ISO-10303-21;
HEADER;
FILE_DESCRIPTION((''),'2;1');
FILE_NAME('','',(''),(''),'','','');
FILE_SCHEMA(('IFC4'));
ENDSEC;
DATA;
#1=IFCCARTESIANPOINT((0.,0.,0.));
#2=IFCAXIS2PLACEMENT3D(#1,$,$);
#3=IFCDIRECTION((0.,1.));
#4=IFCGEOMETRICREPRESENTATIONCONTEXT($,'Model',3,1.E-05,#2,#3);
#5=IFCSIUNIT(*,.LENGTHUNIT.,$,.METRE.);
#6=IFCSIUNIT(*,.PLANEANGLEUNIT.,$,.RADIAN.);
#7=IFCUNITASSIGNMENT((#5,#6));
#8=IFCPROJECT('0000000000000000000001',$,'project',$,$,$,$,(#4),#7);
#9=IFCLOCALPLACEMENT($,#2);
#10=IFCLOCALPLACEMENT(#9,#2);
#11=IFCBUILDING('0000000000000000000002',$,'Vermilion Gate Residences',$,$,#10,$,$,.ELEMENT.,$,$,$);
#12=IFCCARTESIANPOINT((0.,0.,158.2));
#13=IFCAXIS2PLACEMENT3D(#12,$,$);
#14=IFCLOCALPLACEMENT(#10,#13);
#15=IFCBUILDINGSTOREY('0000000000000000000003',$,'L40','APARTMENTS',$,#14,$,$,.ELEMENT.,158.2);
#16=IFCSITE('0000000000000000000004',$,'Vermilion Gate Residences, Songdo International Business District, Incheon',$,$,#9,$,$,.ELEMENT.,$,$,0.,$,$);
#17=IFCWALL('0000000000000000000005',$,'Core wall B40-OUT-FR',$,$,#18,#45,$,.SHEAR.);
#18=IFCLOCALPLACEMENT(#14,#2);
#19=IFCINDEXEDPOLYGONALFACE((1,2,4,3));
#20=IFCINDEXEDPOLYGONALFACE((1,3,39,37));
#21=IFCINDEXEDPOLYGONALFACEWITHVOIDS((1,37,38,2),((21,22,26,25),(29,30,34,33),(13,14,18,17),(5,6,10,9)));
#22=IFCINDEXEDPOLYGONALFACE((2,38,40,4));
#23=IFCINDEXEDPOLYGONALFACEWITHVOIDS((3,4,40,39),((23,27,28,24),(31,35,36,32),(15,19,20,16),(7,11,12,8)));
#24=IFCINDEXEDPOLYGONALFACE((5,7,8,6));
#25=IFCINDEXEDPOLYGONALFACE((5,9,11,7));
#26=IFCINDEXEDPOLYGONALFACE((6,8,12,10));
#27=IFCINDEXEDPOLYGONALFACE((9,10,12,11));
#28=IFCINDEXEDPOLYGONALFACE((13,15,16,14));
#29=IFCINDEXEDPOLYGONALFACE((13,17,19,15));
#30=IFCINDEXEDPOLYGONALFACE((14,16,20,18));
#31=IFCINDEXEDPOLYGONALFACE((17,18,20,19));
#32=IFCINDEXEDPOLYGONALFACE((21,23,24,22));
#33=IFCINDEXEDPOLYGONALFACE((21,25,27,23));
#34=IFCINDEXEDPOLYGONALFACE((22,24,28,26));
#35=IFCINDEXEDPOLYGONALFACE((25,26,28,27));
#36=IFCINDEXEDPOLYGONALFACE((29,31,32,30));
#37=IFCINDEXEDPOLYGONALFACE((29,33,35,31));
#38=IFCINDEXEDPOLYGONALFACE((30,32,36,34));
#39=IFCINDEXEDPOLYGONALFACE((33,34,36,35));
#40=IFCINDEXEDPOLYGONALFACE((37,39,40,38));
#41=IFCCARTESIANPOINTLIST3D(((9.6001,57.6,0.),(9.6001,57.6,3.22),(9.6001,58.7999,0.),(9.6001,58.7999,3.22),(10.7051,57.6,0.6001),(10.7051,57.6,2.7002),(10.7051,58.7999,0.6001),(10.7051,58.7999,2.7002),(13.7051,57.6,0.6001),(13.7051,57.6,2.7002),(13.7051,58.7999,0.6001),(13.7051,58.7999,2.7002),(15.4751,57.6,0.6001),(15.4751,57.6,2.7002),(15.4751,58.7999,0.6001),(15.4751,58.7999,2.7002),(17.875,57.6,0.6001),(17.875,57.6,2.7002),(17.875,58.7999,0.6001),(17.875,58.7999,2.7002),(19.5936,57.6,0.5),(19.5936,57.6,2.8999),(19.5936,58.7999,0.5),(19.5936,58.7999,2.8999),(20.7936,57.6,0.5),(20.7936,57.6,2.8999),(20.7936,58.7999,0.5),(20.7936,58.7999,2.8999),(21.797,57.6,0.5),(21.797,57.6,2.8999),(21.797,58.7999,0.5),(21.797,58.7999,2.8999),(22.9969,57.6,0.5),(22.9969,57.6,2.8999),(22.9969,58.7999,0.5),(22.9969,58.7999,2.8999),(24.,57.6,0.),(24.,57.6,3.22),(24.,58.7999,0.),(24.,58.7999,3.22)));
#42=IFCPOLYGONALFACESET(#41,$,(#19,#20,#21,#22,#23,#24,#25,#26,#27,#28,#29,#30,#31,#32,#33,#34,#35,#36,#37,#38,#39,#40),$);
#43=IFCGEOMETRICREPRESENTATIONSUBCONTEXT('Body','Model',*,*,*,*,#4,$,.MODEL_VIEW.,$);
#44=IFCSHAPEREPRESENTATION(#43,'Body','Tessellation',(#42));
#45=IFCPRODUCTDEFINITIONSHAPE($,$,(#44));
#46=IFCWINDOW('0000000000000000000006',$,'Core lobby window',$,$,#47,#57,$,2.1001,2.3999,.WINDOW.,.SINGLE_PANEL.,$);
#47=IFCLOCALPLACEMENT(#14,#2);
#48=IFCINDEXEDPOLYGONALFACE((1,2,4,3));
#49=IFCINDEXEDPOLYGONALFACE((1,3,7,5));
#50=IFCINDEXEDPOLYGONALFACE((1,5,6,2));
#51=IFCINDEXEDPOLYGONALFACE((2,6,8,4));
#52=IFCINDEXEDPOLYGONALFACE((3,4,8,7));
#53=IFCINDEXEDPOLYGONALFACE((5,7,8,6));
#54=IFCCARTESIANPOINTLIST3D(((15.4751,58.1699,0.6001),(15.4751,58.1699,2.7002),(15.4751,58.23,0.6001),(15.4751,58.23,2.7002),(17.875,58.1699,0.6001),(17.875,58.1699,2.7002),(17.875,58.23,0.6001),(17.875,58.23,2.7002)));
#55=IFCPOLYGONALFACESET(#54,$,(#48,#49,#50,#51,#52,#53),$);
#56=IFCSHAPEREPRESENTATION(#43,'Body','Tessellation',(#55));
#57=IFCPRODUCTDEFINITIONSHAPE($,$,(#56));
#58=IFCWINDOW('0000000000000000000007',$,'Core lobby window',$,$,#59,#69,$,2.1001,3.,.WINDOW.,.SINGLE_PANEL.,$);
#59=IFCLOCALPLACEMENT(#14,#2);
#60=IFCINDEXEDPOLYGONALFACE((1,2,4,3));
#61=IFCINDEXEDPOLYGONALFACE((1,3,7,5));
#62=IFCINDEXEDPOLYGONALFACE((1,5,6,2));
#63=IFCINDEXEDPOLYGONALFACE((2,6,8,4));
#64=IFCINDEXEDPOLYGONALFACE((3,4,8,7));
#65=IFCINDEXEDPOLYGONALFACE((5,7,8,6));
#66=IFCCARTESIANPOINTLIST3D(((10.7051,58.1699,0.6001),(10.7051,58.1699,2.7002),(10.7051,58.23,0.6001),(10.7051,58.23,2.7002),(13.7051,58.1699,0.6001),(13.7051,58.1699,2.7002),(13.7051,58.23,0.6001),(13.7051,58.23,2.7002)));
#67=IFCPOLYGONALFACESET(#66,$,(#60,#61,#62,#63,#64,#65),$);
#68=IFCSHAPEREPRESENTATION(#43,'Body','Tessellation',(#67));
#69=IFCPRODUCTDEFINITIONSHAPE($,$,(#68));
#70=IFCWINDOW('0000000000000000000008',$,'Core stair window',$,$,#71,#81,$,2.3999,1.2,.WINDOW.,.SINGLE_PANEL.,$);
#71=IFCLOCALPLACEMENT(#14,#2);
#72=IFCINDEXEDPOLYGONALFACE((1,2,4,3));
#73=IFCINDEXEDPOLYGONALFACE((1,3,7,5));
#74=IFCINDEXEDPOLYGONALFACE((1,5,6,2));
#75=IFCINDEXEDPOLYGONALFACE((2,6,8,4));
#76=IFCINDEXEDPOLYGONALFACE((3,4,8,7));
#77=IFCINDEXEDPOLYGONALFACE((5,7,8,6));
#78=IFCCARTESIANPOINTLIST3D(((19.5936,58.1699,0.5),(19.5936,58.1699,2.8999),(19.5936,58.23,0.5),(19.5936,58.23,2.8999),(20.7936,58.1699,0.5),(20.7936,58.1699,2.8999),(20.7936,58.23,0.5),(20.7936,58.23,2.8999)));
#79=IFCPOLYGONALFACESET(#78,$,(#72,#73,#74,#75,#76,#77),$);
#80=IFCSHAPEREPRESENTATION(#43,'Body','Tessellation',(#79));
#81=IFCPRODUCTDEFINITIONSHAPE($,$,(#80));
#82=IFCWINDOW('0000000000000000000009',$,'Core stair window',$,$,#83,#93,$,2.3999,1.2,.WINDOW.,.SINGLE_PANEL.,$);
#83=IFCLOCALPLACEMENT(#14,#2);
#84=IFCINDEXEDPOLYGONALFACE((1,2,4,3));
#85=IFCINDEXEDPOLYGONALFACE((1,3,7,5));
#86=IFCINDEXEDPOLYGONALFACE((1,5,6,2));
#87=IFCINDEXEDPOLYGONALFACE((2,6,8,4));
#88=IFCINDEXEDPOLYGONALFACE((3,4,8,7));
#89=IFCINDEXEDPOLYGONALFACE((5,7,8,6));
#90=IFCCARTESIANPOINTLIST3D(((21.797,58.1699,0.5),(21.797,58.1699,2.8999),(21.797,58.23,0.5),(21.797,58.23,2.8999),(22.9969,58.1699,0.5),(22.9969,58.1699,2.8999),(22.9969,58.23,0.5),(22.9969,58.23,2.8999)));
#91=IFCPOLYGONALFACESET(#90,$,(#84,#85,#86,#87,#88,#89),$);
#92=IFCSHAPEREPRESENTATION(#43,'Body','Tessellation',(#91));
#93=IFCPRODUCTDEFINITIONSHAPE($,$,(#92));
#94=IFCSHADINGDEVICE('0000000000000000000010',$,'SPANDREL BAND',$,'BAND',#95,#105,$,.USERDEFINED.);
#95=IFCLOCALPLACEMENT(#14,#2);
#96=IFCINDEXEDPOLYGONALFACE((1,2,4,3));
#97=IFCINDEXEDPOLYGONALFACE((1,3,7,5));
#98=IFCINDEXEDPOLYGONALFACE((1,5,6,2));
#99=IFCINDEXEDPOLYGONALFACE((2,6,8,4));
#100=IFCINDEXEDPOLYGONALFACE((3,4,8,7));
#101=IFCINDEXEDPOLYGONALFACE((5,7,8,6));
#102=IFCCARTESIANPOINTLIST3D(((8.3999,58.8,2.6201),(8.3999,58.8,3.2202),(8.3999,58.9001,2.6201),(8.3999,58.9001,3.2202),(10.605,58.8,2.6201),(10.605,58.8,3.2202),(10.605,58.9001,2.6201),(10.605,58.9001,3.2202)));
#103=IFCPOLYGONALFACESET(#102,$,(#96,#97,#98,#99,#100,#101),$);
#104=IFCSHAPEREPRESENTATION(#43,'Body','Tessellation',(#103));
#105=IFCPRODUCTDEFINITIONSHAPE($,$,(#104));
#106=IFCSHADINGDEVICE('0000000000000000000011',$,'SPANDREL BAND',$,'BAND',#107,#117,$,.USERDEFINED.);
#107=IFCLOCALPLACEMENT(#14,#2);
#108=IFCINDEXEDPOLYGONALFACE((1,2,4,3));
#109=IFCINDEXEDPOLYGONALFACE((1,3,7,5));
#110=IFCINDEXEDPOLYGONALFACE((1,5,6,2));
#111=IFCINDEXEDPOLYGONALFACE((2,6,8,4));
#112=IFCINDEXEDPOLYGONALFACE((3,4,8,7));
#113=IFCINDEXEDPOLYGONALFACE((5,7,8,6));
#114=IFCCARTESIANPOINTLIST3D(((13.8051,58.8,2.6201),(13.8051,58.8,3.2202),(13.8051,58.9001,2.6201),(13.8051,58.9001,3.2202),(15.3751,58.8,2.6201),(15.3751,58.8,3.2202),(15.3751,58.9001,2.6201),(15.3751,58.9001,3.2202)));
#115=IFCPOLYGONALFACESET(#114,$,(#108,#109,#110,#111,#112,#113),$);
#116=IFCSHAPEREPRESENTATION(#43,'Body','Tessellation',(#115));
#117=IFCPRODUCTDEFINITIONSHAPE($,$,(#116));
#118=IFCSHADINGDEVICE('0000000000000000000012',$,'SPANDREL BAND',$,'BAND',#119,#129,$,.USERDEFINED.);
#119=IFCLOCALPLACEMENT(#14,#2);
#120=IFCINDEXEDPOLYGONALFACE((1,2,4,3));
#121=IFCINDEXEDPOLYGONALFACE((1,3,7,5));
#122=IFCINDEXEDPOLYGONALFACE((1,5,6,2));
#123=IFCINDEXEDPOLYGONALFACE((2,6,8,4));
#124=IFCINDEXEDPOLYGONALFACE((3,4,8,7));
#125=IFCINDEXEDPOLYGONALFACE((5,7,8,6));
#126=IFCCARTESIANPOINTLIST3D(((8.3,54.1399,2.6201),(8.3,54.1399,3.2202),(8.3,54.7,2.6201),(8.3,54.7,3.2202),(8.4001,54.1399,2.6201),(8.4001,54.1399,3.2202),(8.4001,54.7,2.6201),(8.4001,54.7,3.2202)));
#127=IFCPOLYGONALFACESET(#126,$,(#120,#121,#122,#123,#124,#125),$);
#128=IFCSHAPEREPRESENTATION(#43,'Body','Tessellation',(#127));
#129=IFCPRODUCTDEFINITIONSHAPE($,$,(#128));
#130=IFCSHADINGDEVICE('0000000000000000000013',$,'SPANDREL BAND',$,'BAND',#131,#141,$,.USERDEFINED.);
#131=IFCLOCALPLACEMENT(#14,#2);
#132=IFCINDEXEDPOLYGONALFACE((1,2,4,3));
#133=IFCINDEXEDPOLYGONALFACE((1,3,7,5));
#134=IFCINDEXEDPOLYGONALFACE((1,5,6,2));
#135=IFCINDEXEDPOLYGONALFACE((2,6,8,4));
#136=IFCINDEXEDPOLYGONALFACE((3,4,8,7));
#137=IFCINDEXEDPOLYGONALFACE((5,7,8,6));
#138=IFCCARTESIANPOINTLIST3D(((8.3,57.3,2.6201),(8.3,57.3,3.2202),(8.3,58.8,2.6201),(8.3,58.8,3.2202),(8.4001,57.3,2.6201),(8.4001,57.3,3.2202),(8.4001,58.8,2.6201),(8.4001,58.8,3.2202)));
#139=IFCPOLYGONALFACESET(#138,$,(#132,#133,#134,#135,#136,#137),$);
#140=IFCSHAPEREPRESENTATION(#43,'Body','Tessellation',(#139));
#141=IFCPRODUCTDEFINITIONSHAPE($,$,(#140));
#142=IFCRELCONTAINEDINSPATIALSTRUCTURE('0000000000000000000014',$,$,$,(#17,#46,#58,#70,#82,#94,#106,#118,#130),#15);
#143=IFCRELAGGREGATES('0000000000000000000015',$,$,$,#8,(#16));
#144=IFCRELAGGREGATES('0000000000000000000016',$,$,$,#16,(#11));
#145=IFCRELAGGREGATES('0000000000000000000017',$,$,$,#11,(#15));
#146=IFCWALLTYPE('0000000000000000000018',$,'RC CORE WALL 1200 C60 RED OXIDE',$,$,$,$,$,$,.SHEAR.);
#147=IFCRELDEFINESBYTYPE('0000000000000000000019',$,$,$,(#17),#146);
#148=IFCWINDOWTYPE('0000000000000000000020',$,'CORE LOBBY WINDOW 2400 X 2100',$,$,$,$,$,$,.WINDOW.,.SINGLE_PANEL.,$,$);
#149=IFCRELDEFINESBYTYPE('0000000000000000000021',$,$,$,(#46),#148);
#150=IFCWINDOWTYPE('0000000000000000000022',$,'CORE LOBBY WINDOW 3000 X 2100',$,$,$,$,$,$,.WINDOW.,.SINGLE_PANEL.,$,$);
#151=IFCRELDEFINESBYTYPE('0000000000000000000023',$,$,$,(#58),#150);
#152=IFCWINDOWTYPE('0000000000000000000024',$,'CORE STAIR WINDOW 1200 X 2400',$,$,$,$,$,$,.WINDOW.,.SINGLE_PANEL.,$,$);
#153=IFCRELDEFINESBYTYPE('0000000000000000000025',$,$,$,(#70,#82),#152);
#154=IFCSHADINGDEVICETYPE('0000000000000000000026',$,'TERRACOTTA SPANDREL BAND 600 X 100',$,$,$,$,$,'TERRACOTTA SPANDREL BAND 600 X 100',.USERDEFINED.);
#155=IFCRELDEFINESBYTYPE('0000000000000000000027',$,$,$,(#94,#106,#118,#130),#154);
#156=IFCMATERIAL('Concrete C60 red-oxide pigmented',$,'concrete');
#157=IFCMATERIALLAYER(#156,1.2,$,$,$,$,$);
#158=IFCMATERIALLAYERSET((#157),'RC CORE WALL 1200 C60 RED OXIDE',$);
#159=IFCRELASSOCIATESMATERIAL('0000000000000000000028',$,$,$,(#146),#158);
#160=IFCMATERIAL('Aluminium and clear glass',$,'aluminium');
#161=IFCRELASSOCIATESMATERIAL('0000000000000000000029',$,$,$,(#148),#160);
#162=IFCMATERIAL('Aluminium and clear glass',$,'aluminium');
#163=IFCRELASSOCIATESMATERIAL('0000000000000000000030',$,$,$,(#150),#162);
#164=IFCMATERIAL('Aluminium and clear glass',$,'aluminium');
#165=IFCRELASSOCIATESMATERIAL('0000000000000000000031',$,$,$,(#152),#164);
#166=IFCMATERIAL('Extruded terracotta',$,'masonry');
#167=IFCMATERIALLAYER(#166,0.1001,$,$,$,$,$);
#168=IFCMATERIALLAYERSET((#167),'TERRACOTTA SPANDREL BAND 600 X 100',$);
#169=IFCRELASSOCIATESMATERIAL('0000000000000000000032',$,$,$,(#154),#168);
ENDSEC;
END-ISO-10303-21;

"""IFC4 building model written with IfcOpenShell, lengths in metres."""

from ifc_helpers import new_model, si_unit, direction, frame, frame_2d, origin, origin_2d, place, context, subcontext, project, spatial, rectangle, extrude, material, layer, layer_set, type_object, element, fill, save


model = new_model("IFC4")

# Units and contexts
model_context = context("Model", 3, precision=1e-05, world=origin(), true_north=direction((0.0, 1.0)))
body_context = subcontext(model_context, "Body", "Model", "MODEL_VIEW")
ifc_project = project(units=[si_unit("LENGTHUNIT", "METRE"), si_unit("PLANEANGLEUNIT", "RADIAN")], contexts=[model_context])

# Site, building, storey
site_placement = place(None, origin())
site = spatial("IfcSite", under=ifc_project, at=site_placement, Name="Vermilion Gate Residences, Songdo International Business District, Incheon", CompositionType="ELEMENT", RefElevation=0.0)
building_placement = place(site_placement, origin())
building = spatial("IfcBuilding", under=site, at=building_placement, Name="Vermilion Gate Residences", CompositionType="ELEMENT")
storey_placement = place(building_placement, frame((0.0, 0.0, 158.2)))
storey = spatial("IfcBuildingStorey", under=building, at=storey_placement, Name="L40", Description="APARTMENTS", CompositionType="ELEMENT", Elevation=158.2)

# Wall, openings, windows
ifc_material_1 = material(Name="Concrete C60 red-oxide pigmented", Category="concrete")
ifc_layer_1 = layer(ifc_material_1, 1.2)
ifc_layer_set_1 = layer_set([ifc_layer_1], Name="RC CORE WALL 1200 C60 RED OXIDE")
wall_type_1 = type_object("IfcWallType", Name="RC CORE WALL 1200 C60 RED OXIDE", PredefinedType="SHEAR", material=ifc_layer_set_1)
ifc_material_2 = material(Name="Aluminium and clear glass", Category="aluminium")
window_type_1 = type_object("IfcWindowType", Name="CORE LOBBY WINDOW 2400 X 2100", PartitioningType="SINGLE_PANEL", PredefinedType="WINDOW", material=ifc_material_2)
wall_1_placement = place(storey_placement, frame((9.6001, 58.2, 0.0), z_axis=(0.0, 0.0, 1.0), x_axis=(1.0, 0.0, 0.0)))
wall_1 = element("IfcWall", 1, at=wall_1_placement, inside=storey, type_object=wall_type_1, Name="Core wall B40-OUT-FR", PredefinedType="SHEAR", context=body_context, shape_type="SweptSolid", body=[
    extrude(rectangle(XDim=14.3999, YDim=1.2, at=frame_2d((7.2, 0.0))), origin(), (0.0, 0.0, 1.0), 3.22),
])
opening_1_placement = place(wall_1_placement, frame((1.105, 0.0, 0.6001)))
opening_1 = element("IfcOpeningElement", 2, at=opening_1_placement, cuts=wall_1, PredefinedType="OPENING", context=body_context, shape_type="SweptSolid", body=[
    extrude(rectangle(XDim=3.0, YDim=2.1001, at=frame_2d((1.5, 1.05))), frame((0.0, 0.6099, 0.0), z_axis=(0.0, -1.0, 0.0), x_axis=(1.0, 0.0, 0.0)), (0.0, 0.0, 1.0), 1.22),
])
opening_2_placement = place(wall_1_placement, frame((5.875, 0.0, 0.6001)))
opening_2 = element("IfcOpeningElement", 3, at=opening_2_placement, cuts=wall_1, PredefinedType="OPENING", context=body_context, shape_type="SweptSolid", body=[
    extrude(rectangle(XDim=2.3999, YDim=2.1001, at=frame_2d((1.2, 1.05))), frame((0.0, 0.6099, 0.0), z_axis=(0.0, -1.0, 0.0), x_axis=(1.0, 0.0, 0.0)), (0.0, 0.0, 1.0), 1.22),
])
opening_3_placement = place(wall_1_placement, frame((9.9934, 0.0, 0.5)))
opening_3 = element("IfcOpeningElement", 4, at=opening_3_placement, cuts=wall_1, PredefinedType="OPENING", context=body_context, shape_type="SweptSolid", body=[
    extrude(rectangle(XDim=1.2, YDim=2.3999, at=frame_2d((0.6001, 1.2))), frame((0.0, 0.6099, 0.0), z_axis=(0.0, -1.0, 0.0), x_axis=(1.0, 0.0, 0.0)), (0.0, 0.0, 1.0), 1.22),
])
opening_4_placement = place(wall_1_placement, frame((12.1968, 0.0, 0.5)))
opening_4 = element("IfcOpeningElement", 5, at=opening_4_placement, cuts=wall_1, PredefinedType="OPENING", context=body_context, shape_type="SweptSolid", body=[
    extrude(rectangle(XDim=1.2, YDim=2.3999, at=frame_2d((0.6001, 1.2))), frame((0.0, 0.6099, 0.0), z_axis=(0.0, -1.0, 0.0), x_axis=(1.0, 0.0, 0.0)), (0.0, 0.0, 1.0), 1.22),
])
window_1_placement = place(opening_2_placement, origin())
window_1 = element("IfcWindow", 6, at=window_1_placement, inside=storey, type_object=window_type_1, Name="Core lobby window", OverallHeight=2.1001, OverallWidth=2.3999, PartitioningType="SINGLE_PANEL", PredefinedType="WINDOW", context=body_context, shape_type="SweptSolid", body=[
    extrude(rectangle(XDim=2.3999, YDim=2.1001, at=frame_2d((1.2, 1.05))), frame((0.0, 0.03, 0.0), z_axis=(0.0, -1.0, 0.0), x_axis=(1.0, 0.0, 0.0)), (0.0, 0.0, 1.0), 0.0601),
])
fill(opening_2, window_1)
ifc_material_3 = material(Name="Aluminium and clear glass", Category="aluminium")
window_type_2 = type_object("IfcWindowType", Name="CORE LOBBY WINDOW 3000 X 2100", PartitioningType="SINGLE_PANEL", PredefinedType="WINDOW", material=ifc_material_3)
window_2_placement = place(opening_1_placement, origin())
window_2 = element("IfcWindow", 7, at=window_2_placement, inside=storey, type_object=window_type_2, Name="Core lobby window", OverallHeight=2.1001, OverallWidth=3.0, PartitioningType="SINGLE_PANEL", PredefinedType="WINDOW", context=body_context, shape_type="SweptSolid", body=[
    extrude(rectangle(XDim=3.0, YDim=2.1001, at=frame_2d((1.5, 1.05))), frame((0.0, 0.03, 0.0), z_axis=(0.0, -1.0, 0.0), x_axis=(1.0, 0.0, 0.0)), (0.0, 0.0, 1.0), 0.0601),
])
fill(opening_1, window_2)
ifc_material_4 = material(Name="Aluminium and clear glass", Category="aluminium")
window_type_3 = type_object("IfcWindowType", Name="CORE STAIR WINDOW 1200 X 2400", PartitioningType="SINGLE_PANEL", PredefinedType="WINDOW", material=ifc_material_4)
window_3_placement = place(opening_3_placement, origin())
window_3 = element("IfcWindow", 8, at=window_3_placement, inside=storey, type_object=window_type_3, Name="Core stair window", OverallHeight=2.3999, OverallWidth=1.2, PartitioningType="SINGLE_PANEL", PredefinedType="WINDOW", context=body_context, shape_type="SweptSolid", body=[
    extrude(rectangle(XDim=1.2, YDim=2.3999, at=frame_2d((0.6001, 1.2))), frame((0.0, 0.03, 0.0), z_axis=(0.0, -1.0, 0.0), x_axis=(1.0, 0.0, 0.0)), (0.0, 0.0, 1.0), 0.0601),
])
fill(opening_3, window_3)
window_4_placement = place(opening_4_placement, origin())
window_4 = element("IfcWindow", 9, at=window_4_placement, inside=storey, type_object=window_type_3, Name="Core stair window", OverallHeight=2.3999, OverallWidth=1.2, PartitioningType="SINGLE_PANEL", PredefinedType="WINDOW", context=body_context, shape_type="SweptSolid", body=[
    extrude(rectangle(XDim=1.2, YDim=2.3999, at=frame_2d((0.6001, 1.2))), frame((0.0, 0.03, 0.0), z_axis=(0.0, -1.0, 0.0), x_axis=(1.0, 0.0, 0.0)), (0.0, 0.0, 1.0), 0.0601),
])
fill(opening_4, window_4)

# Shading devices
ifc_material_5 = material(Name="Extruded terracotta", Category="masonry")
ifc_layer_2 = layer(ifc_material_5, 0.1001)
ifc_layer_set_2 = layer_set([ifc_layer_2], Name="TERRACOTTA SPANDREL BAND 600 X 100")
shading_device_type = type_object("IfcShadingDeviceType", Name="TERRACOTTA SPANDREL BAND 600 X 100", ElementType="TERRACOTTA SPANDREL BAND 600 X 100", PredefinedType="USERDEFINED", material=ifc_layer_set_2)
shading_device_1_placement = place(storey_placement, frame((9.5024, 58.8501, 2.6201), z_axis=(0.0, 0.0, 1.0), x_axis=(1.0, 0.0, 0.0)))
element("IfcShadingDevice", 10, at=shading_device_1_placement, inside=storey, type_object=shading_device_type, Name="SPANDREL BAND", ObjectType="BAND", PredefinedType="USERDEFINED", context=body_context, shape_type="SweptSolid", body=[
    extrude(rectangle(XDim=2.2051, YDim=0.1001, at=origin_2d()), origin(), (0.0, 0.0, 1.0), 0.6001),
])
shading_device_2_placement = place(storey_placement, frame((14.5901, 58.8501, 2.6201), z_axis=(0.0, 0.0, 1.0), x_axis=(1.0, 0.0, 0.0)))
element("IfcShadingDevice", 11, at=shading_device_2_placement, inside=storey, type_object=shading_device_type, Name="SPANDREL BAND", ObjectType="BAND", PredefinedType="USERDEFINED", context=body_context, shape_type="SweptSolid", body=[
    extrude(rectangle(XDim=1.5701, YDim=0.1001, at=origin_2d()), origin(), (0.0, 0.0, 1.0), 0.6001),
])
shading_device_3_placement = place(storey_placement, frame((8.3501, 54.4199, 2.6201), z_axis=(0.0, 0.0, 1.0), x_axis=(0.0, 1.0, 0.0)))
element("IfcShadingDevice", 12, at=shading_device_3_placement, inside=storey, type_object=shading_device_type, Name="SPANDREL BAND", ObjectType="BAND", PredefinedType="USERDEFINED", context=body_context, shape_type="SweptSolid", body=[
    extrude(rectangle(XDim=0.5601, YDim=0.1001, at=origin_2d()), origin(), (0.0, 0.0, 1.0), 0.6001),
])
shading_device_4_placement = place(storey_placement, frame((8.3501, 58.05, 2.6201), z_axis=(0.0, 0.0, 1.0), x_axis=(0.0, 1.0, 0.0)))
element("IfcShadingDevice", 13, at=shading_device_4_placement, inside=storey, type_object=shading_device_type, Name="SPANDREL BAND", ObjectType="BAND", PredefinedType="USERDEFINED", context=body_context, shape_type="SweptSolid", body=[
    extrude(rectangle(XDim=1.5, YDim=0.1001, at=origin_2d()), origin(), (0.0, 0.0, 1.0), 0.6001),
])

save(model, "model.ifc")
